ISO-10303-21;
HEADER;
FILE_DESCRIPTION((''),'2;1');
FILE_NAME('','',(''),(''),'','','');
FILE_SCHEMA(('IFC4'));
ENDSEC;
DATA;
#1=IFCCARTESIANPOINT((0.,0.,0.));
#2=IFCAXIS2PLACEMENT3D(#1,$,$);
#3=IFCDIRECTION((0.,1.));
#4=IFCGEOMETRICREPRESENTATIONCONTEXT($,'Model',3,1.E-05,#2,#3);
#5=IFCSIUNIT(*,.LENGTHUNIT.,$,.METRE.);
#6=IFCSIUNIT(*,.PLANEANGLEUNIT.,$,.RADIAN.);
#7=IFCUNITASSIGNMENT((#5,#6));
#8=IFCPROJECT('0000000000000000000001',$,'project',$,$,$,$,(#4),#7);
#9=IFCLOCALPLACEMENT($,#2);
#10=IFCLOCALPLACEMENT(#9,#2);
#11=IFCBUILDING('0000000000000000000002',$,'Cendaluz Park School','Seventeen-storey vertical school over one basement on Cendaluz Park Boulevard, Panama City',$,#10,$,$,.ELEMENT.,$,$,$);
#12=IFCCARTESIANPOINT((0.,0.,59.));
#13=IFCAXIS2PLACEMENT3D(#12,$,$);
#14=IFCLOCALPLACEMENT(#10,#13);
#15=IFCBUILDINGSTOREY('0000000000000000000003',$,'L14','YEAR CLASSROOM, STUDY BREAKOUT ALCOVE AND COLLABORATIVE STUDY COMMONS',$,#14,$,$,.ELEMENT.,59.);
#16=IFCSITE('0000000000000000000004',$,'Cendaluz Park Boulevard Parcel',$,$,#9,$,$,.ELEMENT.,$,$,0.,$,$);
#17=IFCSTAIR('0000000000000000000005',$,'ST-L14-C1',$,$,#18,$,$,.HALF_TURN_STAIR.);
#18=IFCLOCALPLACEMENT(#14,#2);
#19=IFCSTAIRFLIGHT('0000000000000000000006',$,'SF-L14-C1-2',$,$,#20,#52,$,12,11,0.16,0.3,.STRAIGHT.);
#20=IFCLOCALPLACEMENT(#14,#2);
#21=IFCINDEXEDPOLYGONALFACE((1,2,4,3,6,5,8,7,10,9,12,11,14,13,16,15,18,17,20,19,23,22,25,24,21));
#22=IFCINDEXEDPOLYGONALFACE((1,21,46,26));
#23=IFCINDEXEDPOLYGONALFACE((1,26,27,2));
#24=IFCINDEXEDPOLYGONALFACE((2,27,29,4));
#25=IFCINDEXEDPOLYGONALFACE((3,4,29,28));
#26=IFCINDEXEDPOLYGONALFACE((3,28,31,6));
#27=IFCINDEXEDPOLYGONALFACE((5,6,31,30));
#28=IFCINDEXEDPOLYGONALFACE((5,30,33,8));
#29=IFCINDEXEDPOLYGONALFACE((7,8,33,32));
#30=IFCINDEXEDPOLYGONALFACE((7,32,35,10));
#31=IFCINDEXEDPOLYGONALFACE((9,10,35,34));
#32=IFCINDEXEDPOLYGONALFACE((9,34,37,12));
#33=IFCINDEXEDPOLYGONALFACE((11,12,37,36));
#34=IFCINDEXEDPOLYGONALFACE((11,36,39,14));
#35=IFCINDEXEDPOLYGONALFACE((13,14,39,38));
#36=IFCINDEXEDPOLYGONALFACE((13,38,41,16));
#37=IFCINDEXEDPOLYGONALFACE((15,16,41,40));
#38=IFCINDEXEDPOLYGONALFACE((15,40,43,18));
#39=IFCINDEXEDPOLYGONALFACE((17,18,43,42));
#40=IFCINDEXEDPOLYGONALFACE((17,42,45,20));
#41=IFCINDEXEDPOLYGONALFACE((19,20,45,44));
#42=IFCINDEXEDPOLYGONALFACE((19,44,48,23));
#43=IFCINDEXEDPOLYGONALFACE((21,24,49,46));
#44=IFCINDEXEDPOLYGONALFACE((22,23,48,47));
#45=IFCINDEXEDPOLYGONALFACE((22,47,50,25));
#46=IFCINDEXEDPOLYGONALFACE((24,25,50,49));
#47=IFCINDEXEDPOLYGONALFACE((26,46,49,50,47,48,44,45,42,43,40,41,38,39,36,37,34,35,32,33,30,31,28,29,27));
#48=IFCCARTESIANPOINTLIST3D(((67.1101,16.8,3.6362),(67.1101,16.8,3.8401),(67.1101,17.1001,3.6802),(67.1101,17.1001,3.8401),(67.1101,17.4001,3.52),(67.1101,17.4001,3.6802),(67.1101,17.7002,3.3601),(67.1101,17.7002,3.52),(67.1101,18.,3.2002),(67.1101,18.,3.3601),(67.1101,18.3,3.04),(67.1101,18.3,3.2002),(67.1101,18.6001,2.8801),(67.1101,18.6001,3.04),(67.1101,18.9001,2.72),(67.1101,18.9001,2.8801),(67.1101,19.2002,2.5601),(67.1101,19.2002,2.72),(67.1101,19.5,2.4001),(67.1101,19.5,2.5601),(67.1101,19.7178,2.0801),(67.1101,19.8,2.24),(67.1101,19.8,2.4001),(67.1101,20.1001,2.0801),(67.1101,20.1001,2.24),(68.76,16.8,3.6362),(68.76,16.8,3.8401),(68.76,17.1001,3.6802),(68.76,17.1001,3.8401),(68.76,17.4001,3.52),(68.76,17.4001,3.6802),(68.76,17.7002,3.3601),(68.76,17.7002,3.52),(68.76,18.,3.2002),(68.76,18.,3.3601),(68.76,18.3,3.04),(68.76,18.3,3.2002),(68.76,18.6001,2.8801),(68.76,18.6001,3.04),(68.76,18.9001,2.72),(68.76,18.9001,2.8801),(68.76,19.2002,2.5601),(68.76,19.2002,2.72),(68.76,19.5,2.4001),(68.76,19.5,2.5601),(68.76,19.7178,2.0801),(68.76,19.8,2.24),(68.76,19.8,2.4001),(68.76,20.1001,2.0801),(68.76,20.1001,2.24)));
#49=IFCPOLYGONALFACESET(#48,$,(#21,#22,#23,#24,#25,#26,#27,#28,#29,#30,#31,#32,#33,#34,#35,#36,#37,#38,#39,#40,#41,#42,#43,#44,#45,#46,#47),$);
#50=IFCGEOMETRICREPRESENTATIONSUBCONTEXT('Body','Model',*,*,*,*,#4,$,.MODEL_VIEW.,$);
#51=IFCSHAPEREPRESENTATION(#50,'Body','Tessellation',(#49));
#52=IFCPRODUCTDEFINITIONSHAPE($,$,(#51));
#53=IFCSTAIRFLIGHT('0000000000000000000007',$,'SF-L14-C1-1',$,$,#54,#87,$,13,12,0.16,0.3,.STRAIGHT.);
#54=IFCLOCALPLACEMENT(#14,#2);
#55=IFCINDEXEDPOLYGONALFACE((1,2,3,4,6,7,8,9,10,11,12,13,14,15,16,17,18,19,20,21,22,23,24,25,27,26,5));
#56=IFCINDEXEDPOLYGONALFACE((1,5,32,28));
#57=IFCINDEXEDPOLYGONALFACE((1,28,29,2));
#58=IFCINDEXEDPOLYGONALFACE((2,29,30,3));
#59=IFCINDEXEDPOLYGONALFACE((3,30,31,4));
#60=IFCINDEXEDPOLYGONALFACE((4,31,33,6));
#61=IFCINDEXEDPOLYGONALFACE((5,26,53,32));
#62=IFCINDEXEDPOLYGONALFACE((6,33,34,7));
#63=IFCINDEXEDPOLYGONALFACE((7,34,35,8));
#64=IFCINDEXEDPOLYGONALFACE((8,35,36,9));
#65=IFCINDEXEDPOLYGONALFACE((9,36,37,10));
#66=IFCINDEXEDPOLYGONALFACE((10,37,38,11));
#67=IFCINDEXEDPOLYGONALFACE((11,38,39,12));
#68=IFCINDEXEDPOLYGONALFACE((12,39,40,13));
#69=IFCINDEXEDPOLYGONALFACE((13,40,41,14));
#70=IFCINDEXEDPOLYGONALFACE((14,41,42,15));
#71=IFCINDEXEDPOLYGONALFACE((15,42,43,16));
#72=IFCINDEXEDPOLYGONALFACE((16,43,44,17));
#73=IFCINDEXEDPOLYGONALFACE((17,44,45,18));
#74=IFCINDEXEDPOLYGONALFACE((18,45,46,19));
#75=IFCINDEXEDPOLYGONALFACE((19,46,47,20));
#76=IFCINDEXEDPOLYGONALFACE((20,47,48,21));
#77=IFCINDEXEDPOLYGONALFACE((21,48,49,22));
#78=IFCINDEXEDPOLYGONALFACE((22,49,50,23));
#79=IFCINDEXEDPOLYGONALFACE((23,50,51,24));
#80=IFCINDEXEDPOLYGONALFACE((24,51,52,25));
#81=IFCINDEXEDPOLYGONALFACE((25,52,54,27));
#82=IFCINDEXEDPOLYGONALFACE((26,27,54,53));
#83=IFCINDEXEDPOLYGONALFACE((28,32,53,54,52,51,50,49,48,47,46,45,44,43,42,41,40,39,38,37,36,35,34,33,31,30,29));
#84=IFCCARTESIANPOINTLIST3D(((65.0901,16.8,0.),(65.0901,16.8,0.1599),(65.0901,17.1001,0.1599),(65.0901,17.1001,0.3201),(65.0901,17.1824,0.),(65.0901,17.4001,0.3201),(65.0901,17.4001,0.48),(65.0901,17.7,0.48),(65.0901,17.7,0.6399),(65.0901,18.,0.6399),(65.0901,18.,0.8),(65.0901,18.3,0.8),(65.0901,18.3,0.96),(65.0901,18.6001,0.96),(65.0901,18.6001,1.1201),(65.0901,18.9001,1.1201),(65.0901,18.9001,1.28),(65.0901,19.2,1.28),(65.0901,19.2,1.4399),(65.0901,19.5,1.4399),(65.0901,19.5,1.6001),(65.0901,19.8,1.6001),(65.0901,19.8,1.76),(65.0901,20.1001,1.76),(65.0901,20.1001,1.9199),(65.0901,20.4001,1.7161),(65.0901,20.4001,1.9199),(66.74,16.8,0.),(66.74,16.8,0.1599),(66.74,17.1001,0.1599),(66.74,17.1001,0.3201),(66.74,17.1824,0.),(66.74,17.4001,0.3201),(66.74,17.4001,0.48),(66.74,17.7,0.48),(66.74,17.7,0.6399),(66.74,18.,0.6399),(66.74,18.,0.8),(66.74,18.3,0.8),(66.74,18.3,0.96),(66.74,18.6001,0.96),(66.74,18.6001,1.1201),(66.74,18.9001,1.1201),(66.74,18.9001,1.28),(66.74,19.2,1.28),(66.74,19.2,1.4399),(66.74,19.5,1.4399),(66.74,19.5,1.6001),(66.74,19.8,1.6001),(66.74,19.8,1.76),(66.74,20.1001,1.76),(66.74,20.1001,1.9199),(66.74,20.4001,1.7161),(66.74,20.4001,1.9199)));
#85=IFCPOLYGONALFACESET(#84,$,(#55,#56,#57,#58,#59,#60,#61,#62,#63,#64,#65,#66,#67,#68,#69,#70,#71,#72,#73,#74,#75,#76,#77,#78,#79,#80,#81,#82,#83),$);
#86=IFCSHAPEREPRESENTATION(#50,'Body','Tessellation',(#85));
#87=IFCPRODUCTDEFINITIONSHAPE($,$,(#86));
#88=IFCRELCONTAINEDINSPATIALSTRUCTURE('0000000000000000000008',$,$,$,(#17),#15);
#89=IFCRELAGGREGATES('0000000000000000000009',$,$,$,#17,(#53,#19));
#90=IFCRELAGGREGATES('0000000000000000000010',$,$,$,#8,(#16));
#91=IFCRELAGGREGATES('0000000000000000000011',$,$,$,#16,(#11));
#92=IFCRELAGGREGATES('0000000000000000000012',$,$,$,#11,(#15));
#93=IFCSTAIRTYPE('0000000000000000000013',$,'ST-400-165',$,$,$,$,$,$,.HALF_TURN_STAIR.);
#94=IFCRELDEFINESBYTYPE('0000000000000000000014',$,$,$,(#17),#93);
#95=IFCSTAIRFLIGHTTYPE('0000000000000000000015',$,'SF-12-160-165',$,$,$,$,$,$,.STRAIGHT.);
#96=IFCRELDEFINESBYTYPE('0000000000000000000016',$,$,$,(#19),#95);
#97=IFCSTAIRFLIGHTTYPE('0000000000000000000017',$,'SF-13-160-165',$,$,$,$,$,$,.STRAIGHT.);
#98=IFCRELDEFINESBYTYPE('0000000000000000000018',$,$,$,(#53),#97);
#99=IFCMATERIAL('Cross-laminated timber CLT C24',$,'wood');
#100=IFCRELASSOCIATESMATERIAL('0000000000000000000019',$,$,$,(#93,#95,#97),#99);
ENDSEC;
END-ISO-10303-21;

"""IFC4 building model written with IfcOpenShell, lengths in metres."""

from ifc_helpers import new_model, si_unit, direction, frame, origin, place, context, subcontext, project, spatial, polyline, outline, extrude, material, type_object, element, aggregate, save


model = new_model("IFC4")

# Units and contexts
model_context = context("Model", 3, precision=1e-05, world=origin(), true_north=direction((0.0, 1.0)))
body_context = subcontext(model_context, "Body", "Model", "MODEL_VIEW")
ifc_project = project(units=[si_unit("LENGTHUNIT", "METRE"), si_unit("PLANEANGLEUNIT", "RADIAN")], contexts=[model_context])

# Site, building, storey
site_placement = place(None, origin())
site = spatial("IfcSite", under=ifc_project, at=site_placement, Name="Cendaluz Park Boulevard Parcel", CompositionType="ELEMENT", RefElevation=0.0)
building_placement = place(site_placement, origin())
building = spatial("IfcBuilding", under=site, at=building_placement, Name="Cendaluz Park School", Description="Seventeen-storey vertical school over one basement on Cendaluz Park Boulevard, Panama City", CompositionType="ELEMENT")
storey_placement = place(building_placement, frame((0.0, 0.0, 59.0)))
storey = spatial("IfcBuildingStorey", under=building, at=storey_placement, Name="L14", Description="YEAR CLASSROOM, STUDY BREAKOUT ALCOVE AND COLLABORATIVE STUDY COMMONS", CompositionType="ELEMENT", Elevation=59.0)

# Stair, stair flights
ifc_material_1 = material(Name="Cross-laminated timber CLT C24", Category="wood")
stair_type = type_object("IfcStairType", Name="ST-400-165", PredefinedType="HALF_TURN_STAIR", material=ifc_material_1)
stair_placement = place(storey_placement, origin())
stair = element("IfcStair", 1, at=stair_placement, inside=storey, type_object=stair_type, Name="ST-L14-C1", PredefinedType="HALF_TURN_STAIR")
stair_flight_type_1 = type_object("IfcStairFlightType", Name="SF-12-160-165", PredefinedType="STRAIGHT", material=ifc_material_1)
stair_flight_1_placement = place(storey_placement, frame((67.9351, 20.1001, 2.0801), z_axis=(0.0, 0.0, 1.0), x_axis=(0.0, -1.0, 0.0)))
stair_flight_1 = element("IfcStairFlight", 2, at=stair_flight_1_placement, type_object=stair_flight_type_1, Name="SF-L14-C1-2", NumberOfRisers=12, NumberOfTreads=11, PredefinedType="STRAIGHT", RiserHeight=0.16, TreadLength=0.3, context=body_context, shape_type="SweptSolid", body=[
    extrude(outline(polyline([(0.0, 0.0), (0.0, 0.1599), (0.3, 0.1599), (0.3, 0.3201), (0.6001, 0.3201), (0.6001, 0.48), (0.8999, 0.48), (0.8999, 0.6399), (1.2, 0.6399), (1.2, 0.8), (1.5, 0.8), (1.5, 0.96), (1.8, 0.96), (1.8, 1.1201), (2.1001, 1.1201), (2.1001, 1.28), (2.3999, 1.28), (2.3999, 1.4399), (2.7, 1.4399), (2.7, 1.6001), (3.0, 1.6001), (3.0, 1.76), (3.3, 1.76), (3.3, 1.9199), (3.3, 1.5562), (0.3823, 0.0), (0.0, 0.0)])), frame((0.0, 0.825, 0.0), z_axis=(0.0, -1.0, 0.0), x_axis=(1.0, 0.0, 0.0)), (0.0, 0.0, 1.0), 1.6499),
])
stair_flight_type_2 = type_object("IfcStairFlightType", Name="SF-13-160-165", PredefinedType="STRAIGHT", material=ifc_material_1)
stair_flight_2_placement = place(storey_placement, frame((65.915, 16.8, 0.0), z_axis=(0.0, 0.0, 1.0), x_axis=(0.0, 1.0, 0.0)))
stair_flight_2 = element("IfcStairFlight", 3, at=stair_flight_2_placement, type_object=stair_flight_type_2, Name="SF-L14-C1-1", NumberOfRisers=13, NumberOfTreads=12, PredefinedType="STRAIGHT", RiserHeight=0.16, TreadLength=0.3, context=body_context, shape_type="SweptSolid", body=[
    extrude(outline(polyline([(0.0, 0.0), (0.0, 0.1599), (0.3, 0.1599), (0.3, 0.3201), (0.6001, 0.3201), (0.6001, 0.48), (0.8999, 0.48), (0.8999, 0.6399), (1.2, 0.6399), (1.2, 0.8), (1.5, 0.8), (1.5, 0.96), (1.8, 0.96), (1.8, 1.1201), (2.1001, 1.1201), (2.1001, 1.28), (2.3999, 1.28), (2.3999, 1.4399), (2.7, 1.4399), (2.7, 1.6001), (3.0, 1.6001), (3.0, 1.76), (3.3, 1.76), (3.3, 1.9199), (3.6001, 1.9199), (3.6001, 2.0801), (3.6001, 1.7161), (0.3823, 0.0), (0.0, 0.0)])), frame((0.0, 0.825, 0.0), z_axis=(0.0, -1.0, 0.0), x_axis=(1.0, 0.0, 0.0)), (0.0, 0.0, 1.0), 1.6499),
])
aggregate(stair, [stair_flight_2, stair_flight_1])

save(model, "model.ifc")
